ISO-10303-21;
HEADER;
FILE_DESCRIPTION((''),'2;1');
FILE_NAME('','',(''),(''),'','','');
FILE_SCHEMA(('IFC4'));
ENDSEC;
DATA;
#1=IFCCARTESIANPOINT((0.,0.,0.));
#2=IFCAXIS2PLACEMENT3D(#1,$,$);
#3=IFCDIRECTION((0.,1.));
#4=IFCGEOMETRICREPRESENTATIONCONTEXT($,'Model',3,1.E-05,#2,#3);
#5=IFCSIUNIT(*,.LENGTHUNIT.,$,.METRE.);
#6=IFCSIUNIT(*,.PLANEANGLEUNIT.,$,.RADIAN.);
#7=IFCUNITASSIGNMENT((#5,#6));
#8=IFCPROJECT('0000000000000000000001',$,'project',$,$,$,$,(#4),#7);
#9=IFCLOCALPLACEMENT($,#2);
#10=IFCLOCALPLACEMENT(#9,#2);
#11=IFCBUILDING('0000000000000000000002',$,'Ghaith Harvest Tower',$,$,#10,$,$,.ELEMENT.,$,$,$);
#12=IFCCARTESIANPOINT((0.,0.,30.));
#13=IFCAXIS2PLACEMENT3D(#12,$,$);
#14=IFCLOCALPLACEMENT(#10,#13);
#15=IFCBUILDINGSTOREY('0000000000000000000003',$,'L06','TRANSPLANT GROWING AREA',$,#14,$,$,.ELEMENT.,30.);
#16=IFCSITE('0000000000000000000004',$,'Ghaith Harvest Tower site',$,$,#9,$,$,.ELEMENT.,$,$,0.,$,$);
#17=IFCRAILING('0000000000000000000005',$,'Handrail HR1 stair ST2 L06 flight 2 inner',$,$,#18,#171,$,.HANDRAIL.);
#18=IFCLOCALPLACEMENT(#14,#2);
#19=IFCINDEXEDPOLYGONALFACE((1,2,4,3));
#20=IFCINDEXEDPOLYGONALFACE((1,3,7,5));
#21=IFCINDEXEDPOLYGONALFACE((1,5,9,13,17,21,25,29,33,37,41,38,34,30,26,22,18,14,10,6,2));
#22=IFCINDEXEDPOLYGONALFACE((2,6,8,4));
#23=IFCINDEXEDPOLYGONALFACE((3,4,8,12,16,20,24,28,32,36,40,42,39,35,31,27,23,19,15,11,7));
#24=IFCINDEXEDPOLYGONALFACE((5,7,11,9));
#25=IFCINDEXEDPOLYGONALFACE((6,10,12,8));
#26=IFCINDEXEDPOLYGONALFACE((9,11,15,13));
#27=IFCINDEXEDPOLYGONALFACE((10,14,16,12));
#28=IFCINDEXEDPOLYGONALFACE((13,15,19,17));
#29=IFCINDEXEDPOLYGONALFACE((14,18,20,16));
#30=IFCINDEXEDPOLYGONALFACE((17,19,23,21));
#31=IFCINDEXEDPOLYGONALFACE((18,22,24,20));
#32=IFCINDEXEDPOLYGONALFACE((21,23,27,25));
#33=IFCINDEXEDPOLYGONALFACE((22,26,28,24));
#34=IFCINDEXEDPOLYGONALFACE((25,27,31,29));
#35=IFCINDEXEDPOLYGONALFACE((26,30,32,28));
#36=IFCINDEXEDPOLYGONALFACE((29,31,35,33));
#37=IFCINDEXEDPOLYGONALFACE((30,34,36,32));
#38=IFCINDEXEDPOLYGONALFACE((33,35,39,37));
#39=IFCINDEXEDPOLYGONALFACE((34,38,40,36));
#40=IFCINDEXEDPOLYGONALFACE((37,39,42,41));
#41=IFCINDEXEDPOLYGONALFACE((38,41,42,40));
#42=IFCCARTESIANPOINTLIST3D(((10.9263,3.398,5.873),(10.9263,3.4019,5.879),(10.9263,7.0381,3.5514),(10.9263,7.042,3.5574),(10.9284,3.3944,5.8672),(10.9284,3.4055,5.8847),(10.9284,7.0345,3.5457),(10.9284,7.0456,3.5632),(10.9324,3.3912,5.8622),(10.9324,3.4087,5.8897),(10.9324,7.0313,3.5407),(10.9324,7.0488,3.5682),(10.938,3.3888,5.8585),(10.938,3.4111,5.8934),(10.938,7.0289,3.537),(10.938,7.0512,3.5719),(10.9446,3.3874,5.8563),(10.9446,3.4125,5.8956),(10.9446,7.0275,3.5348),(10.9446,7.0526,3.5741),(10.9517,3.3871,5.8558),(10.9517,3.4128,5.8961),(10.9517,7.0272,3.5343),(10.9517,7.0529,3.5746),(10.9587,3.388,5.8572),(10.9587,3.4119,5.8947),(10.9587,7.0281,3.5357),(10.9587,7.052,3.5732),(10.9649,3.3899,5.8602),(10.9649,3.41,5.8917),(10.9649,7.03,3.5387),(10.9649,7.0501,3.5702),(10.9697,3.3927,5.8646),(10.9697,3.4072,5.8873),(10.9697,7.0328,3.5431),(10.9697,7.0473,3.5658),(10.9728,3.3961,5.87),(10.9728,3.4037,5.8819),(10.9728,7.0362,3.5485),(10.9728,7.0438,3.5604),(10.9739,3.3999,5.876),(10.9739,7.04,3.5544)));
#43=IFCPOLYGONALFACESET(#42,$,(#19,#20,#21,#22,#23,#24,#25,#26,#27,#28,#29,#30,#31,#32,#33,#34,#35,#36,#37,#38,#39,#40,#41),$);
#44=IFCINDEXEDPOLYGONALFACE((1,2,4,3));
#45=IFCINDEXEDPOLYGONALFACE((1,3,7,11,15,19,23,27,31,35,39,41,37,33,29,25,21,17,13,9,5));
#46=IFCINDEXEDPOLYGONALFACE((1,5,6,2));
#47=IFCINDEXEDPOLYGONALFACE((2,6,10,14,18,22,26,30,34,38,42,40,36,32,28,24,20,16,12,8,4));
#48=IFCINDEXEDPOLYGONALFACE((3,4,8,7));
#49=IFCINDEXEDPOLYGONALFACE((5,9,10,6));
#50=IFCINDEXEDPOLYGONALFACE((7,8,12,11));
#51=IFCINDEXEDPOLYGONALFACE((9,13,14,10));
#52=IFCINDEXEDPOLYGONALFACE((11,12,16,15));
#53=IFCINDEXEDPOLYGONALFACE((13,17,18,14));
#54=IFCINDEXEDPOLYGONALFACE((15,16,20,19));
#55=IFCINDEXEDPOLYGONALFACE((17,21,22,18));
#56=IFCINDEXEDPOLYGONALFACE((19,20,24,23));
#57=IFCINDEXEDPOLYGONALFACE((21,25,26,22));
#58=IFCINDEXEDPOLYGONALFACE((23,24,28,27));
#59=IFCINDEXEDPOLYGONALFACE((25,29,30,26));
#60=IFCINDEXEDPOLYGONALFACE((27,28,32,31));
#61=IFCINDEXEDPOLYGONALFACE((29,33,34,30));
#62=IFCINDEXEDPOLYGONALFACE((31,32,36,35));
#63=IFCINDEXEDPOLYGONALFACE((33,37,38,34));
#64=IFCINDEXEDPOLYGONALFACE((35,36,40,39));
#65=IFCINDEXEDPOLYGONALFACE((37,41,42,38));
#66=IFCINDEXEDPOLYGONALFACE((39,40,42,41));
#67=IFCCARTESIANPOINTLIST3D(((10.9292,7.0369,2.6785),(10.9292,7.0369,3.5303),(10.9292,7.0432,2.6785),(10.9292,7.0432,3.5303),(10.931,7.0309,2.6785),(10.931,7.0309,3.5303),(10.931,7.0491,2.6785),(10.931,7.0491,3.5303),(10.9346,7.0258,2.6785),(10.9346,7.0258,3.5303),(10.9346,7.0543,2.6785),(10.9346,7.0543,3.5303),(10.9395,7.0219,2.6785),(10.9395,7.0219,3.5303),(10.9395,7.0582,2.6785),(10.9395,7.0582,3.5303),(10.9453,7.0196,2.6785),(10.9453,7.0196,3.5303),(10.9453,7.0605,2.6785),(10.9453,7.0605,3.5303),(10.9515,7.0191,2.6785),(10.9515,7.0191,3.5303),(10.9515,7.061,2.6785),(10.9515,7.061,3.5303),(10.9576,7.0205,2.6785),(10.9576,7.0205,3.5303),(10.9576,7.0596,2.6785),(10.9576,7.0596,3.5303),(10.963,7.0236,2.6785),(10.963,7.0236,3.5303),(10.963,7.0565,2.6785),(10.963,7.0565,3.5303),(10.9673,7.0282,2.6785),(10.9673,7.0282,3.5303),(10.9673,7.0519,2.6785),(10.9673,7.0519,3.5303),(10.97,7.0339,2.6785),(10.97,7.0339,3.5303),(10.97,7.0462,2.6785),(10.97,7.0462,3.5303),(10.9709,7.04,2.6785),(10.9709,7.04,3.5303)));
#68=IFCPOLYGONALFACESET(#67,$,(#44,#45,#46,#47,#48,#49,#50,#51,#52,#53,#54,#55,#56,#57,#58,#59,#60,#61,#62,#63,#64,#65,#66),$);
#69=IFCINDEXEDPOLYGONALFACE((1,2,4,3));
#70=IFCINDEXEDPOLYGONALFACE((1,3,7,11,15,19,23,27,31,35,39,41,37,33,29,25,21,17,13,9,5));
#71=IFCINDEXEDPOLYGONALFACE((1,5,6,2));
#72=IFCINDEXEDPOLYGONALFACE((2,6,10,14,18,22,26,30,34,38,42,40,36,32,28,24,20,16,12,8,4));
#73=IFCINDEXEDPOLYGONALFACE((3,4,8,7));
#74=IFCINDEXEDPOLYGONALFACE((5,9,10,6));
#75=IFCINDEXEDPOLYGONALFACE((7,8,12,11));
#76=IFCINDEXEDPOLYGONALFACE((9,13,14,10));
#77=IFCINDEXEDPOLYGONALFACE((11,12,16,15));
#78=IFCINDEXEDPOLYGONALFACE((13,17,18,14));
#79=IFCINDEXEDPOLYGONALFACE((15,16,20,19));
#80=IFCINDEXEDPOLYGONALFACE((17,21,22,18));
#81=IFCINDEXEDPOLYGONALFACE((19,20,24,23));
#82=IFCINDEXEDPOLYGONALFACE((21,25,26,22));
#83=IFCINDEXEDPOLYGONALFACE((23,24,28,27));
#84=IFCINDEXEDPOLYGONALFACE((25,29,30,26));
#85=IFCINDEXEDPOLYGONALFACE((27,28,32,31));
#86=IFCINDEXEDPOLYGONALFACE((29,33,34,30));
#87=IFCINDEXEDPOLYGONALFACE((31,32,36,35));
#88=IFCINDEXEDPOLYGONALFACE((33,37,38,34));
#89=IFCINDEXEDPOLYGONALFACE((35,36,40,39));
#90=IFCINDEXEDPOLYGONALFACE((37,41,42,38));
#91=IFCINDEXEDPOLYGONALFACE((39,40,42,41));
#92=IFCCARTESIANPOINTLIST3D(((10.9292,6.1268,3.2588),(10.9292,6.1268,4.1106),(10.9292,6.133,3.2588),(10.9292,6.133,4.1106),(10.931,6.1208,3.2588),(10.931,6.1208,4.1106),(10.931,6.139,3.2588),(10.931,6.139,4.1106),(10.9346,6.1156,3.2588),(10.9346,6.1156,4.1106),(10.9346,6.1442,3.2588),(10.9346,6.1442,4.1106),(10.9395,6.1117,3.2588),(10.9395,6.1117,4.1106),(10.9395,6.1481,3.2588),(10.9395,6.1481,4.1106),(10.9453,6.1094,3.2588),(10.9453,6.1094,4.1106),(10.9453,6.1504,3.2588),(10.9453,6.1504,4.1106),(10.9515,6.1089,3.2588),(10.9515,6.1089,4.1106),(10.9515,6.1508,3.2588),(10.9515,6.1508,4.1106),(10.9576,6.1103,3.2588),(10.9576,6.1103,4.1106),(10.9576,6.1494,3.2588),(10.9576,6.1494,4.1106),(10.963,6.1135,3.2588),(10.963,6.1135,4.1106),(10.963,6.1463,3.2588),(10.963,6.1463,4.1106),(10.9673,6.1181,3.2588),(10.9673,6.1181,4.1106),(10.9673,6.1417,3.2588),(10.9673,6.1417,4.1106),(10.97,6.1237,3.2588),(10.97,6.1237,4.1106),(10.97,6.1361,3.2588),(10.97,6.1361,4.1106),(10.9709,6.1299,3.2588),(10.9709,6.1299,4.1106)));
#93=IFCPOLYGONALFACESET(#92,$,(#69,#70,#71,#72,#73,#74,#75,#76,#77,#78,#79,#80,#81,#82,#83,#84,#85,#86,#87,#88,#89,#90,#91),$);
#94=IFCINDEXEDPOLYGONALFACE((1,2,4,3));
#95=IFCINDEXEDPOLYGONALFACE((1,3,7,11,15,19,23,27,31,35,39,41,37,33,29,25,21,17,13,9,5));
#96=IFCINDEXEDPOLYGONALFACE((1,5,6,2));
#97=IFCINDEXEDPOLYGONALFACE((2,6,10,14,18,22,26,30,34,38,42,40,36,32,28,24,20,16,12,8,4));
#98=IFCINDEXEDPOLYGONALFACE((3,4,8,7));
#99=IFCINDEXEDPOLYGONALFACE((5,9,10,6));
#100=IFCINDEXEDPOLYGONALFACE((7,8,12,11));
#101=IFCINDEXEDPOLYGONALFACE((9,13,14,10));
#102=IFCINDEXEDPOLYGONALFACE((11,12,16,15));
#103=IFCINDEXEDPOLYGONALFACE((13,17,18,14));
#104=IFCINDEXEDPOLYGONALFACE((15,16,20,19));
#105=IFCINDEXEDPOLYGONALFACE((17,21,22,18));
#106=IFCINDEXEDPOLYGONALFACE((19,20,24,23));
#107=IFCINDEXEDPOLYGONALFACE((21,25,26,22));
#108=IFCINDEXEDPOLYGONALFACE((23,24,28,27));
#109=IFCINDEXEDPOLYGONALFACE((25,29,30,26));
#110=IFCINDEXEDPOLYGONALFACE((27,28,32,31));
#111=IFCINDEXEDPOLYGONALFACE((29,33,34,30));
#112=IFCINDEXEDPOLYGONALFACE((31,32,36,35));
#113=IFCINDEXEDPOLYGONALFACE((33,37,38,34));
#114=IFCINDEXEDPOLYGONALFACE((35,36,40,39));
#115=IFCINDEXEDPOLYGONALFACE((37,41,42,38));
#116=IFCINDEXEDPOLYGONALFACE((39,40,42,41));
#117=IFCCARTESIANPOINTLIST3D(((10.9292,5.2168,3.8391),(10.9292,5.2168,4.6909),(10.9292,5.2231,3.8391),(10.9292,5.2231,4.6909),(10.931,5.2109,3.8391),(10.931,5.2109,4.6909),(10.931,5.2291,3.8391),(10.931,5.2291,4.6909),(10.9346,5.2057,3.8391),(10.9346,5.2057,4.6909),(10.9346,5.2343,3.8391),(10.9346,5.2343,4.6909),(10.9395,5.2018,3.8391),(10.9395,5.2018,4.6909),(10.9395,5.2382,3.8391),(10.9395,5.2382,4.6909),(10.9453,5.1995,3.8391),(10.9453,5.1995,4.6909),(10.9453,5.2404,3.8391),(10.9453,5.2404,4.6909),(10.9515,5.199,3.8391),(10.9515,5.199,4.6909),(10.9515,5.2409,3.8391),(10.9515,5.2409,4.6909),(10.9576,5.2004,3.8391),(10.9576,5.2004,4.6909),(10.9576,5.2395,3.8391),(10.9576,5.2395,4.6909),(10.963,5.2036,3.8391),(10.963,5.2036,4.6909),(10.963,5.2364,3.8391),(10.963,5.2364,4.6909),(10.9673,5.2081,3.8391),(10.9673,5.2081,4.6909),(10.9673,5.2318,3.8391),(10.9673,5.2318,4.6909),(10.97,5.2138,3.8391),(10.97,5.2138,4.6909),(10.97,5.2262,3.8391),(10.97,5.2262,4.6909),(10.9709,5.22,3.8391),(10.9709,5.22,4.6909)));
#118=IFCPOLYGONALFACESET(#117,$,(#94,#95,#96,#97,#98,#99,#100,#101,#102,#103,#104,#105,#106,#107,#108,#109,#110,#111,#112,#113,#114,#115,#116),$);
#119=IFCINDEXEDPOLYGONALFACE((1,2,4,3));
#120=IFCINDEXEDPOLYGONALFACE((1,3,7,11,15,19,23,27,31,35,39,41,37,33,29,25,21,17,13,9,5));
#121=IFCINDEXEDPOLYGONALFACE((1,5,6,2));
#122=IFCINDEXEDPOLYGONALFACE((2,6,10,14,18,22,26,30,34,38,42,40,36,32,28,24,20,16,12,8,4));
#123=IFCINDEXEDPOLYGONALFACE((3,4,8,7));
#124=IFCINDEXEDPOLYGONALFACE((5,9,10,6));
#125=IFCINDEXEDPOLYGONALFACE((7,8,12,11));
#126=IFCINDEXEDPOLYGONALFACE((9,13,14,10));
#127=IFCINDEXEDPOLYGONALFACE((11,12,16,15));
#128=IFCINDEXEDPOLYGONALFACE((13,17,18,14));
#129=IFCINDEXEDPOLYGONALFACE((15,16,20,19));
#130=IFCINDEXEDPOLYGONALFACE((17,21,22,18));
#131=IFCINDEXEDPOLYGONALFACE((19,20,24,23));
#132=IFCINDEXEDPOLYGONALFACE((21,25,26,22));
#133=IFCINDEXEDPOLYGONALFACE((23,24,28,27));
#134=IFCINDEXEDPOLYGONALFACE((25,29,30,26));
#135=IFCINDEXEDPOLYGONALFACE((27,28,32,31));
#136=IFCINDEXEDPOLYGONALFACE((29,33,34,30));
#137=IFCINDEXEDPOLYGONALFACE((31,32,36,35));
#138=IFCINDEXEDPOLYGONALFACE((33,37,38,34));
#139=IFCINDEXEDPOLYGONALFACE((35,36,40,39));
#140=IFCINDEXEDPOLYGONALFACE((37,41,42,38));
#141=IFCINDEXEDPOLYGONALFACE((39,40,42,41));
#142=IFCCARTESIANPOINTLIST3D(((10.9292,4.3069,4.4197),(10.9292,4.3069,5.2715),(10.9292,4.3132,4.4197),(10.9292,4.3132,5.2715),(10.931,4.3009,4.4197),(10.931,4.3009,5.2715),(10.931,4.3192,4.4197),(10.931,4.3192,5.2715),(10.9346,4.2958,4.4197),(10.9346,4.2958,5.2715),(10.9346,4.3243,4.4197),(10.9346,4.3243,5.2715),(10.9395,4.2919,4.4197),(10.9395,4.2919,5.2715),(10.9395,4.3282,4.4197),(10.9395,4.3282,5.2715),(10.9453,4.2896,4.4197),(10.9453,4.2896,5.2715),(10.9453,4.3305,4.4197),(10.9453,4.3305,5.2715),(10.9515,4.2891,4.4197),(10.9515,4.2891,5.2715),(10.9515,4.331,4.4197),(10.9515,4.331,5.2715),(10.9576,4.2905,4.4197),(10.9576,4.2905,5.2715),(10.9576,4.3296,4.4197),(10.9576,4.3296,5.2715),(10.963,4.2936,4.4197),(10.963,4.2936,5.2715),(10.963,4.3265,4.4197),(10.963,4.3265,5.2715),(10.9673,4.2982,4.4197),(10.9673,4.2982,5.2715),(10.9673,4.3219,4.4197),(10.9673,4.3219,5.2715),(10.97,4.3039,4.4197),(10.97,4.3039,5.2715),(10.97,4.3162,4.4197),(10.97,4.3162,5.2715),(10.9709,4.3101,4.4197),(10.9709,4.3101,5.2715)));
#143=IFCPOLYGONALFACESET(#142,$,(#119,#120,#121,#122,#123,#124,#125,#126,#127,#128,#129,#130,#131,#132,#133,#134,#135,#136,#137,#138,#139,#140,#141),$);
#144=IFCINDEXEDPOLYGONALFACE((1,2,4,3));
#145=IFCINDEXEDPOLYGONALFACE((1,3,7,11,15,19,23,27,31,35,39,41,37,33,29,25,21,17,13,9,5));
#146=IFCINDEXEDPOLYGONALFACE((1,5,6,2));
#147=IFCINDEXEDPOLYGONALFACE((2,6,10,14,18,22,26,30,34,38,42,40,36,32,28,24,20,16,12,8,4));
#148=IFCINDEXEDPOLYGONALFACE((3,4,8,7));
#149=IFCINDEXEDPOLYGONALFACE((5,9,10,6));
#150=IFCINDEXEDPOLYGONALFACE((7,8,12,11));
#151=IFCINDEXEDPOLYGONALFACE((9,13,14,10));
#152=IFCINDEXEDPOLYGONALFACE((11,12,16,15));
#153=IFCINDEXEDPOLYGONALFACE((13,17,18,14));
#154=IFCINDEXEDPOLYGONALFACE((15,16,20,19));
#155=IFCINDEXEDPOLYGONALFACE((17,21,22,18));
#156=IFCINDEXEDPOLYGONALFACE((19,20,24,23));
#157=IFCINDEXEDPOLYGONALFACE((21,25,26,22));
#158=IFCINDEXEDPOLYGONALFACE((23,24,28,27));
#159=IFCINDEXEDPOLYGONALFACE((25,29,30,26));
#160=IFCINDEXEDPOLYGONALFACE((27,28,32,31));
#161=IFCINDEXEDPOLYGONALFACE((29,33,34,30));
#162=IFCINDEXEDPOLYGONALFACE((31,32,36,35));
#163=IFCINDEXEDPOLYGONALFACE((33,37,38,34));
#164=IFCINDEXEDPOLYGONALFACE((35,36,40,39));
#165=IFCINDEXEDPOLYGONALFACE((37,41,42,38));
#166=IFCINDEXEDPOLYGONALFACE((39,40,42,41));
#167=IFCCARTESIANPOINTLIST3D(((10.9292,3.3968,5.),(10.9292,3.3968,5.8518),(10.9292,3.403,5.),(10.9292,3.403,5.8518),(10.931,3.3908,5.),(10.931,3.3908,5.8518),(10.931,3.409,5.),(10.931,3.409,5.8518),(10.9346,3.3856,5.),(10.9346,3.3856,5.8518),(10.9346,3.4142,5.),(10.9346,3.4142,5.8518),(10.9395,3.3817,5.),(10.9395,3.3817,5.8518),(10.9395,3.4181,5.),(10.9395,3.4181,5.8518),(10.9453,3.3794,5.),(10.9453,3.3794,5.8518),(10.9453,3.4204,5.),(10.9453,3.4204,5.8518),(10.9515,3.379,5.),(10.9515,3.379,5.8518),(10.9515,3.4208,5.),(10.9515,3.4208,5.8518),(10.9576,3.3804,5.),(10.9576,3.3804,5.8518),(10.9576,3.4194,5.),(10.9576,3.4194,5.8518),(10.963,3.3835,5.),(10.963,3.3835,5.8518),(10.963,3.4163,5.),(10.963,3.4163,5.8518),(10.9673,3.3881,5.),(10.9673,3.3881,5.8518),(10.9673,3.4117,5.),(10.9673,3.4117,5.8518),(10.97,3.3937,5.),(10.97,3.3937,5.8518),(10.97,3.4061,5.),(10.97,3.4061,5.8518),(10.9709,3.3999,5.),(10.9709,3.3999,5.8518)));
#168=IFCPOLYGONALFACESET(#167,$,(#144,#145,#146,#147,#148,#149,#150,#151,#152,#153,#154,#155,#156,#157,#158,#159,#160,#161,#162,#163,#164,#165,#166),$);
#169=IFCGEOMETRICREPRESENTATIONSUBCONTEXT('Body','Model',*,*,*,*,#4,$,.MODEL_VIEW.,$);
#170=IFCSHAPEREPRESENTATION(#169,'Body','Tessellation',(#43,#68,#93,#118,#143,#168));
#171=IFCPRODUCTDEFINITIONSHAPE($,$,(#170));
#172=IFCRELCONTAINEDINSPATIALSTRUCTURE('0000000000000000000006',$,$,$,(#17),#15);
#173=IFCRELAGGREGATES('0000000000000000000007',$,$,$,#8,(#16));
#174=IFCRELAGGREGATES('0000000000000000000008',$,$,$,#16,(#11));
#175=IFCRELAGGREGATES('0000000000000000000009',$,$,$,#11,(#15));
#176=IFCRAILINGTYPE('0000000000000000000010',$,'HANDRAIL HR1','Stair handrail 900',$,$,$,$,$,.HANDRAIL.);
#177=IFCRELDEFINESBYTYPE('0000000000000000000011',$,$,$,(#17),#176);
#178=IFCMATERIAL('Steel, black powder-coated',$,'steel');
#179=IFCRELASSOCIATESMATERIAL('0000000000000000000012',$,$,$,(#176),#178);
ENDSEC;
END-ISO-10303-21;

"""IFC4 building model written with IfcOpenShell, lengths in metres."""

from ifc_helpers import new_model, si_unit, direction, frame, origin, origin_2d, place, context, subcontext, project, spatial, circle, extrude, material, type_object, element, save


model = new_model("IFC4")

# Units and contexts
model_context = context("Model", 3, precision=1e-05, world=origin(), true_north=direction((0.0, 1.0)))
body_context = subcontext(model_context, "Body", "Model", "MODEL_VIEW")
ifc_project = project(units=[si_unit("LENGTHUNIT", "METRE"), si_unit("PLANEANGLEUNIT", "RADIAN")], contexts=[model_context])

# Site, building, storey
site_placement = place(None, origin())
site = spatial("IfcSite", under=ifc_project, at=site_placement, Name="Ghaith Harvest Tower site", CompositionType="ELEMENT", RefElevation=0.0)
building_placement = place(site_placement, origin())
building = spatial("IfcBuilding", under=site, at=building_placement, Name="Ghaith Harvest Tower", CompositionType="ELEMENT")
storey_placement = place(building_placement, frame((0.0, 0.0, 30.0)))
storey = spatial("IfcBuildingStorey", under=building, at=storey_placement, Name="L06", Description="TRANSPLANT GROWING AREA", CompositionType="ELEMENT", Elevation=30.0)

# Railing
ifc_material_1 = material(Name="Steel, black powder-coated", Category="steel")
railing_type = type_object("IfcRailingType", Name="HANDRAIL HR1", Description="Stair handrail 900", PredefinedType="HANDRAIL", material=ifc_material_1)
railing_1_placement = place(storey_placement, frame((10.95, 7.04, 2.6785)))
element("IfcRailing", 1, at=railing_1_placement, inside=storey, type_object=railing_type, Name="Handrail HR1 stair ST2 L06 flight 2 inner", PredefinedType="HANDRAIL", context=body_context, shape_type="SweptSolid", body=[
    extrude(circle(Radius=0.0239, at=origin_2d()), frame((0.0, 0.0, 0.876), z_axis=(0.0, -0.843128, 0.537713), x_axis=(1.0, 0.0, 0.0)), (0.0, 0.0, 1.0), 4.3174),
    extrude(circle(Radius=0.021, at=origin_2d()), origin(), (0.0, 0.0, 1.0), 0.8518),
    extrude(circle(Radius=0.021, at=origin_2d()), frame((0.0, -0.9102, 0.5803)), (0.0, 0.0, 1.0), 0.8518),
    extrude(circle(Radius=0.021, at=origin_2d()), frame((0.0, -1.8201, 1.1606)), (0.0, 0.0, 1.0), 0.8518),
    extrude(circle(Radius=0.021, at=origin_2d()), frame((0.0, -2.73, 1.7412)), (0.0, 0.0, 1.0), 0.8518),
    extrude(circle(Radius=0.021, at=origin_2d()), frame((0.0, -3.6401, 2.3215)), (0.0, 0.0, 1.0), 0.8518),
])

save(model, "model.ifc")
